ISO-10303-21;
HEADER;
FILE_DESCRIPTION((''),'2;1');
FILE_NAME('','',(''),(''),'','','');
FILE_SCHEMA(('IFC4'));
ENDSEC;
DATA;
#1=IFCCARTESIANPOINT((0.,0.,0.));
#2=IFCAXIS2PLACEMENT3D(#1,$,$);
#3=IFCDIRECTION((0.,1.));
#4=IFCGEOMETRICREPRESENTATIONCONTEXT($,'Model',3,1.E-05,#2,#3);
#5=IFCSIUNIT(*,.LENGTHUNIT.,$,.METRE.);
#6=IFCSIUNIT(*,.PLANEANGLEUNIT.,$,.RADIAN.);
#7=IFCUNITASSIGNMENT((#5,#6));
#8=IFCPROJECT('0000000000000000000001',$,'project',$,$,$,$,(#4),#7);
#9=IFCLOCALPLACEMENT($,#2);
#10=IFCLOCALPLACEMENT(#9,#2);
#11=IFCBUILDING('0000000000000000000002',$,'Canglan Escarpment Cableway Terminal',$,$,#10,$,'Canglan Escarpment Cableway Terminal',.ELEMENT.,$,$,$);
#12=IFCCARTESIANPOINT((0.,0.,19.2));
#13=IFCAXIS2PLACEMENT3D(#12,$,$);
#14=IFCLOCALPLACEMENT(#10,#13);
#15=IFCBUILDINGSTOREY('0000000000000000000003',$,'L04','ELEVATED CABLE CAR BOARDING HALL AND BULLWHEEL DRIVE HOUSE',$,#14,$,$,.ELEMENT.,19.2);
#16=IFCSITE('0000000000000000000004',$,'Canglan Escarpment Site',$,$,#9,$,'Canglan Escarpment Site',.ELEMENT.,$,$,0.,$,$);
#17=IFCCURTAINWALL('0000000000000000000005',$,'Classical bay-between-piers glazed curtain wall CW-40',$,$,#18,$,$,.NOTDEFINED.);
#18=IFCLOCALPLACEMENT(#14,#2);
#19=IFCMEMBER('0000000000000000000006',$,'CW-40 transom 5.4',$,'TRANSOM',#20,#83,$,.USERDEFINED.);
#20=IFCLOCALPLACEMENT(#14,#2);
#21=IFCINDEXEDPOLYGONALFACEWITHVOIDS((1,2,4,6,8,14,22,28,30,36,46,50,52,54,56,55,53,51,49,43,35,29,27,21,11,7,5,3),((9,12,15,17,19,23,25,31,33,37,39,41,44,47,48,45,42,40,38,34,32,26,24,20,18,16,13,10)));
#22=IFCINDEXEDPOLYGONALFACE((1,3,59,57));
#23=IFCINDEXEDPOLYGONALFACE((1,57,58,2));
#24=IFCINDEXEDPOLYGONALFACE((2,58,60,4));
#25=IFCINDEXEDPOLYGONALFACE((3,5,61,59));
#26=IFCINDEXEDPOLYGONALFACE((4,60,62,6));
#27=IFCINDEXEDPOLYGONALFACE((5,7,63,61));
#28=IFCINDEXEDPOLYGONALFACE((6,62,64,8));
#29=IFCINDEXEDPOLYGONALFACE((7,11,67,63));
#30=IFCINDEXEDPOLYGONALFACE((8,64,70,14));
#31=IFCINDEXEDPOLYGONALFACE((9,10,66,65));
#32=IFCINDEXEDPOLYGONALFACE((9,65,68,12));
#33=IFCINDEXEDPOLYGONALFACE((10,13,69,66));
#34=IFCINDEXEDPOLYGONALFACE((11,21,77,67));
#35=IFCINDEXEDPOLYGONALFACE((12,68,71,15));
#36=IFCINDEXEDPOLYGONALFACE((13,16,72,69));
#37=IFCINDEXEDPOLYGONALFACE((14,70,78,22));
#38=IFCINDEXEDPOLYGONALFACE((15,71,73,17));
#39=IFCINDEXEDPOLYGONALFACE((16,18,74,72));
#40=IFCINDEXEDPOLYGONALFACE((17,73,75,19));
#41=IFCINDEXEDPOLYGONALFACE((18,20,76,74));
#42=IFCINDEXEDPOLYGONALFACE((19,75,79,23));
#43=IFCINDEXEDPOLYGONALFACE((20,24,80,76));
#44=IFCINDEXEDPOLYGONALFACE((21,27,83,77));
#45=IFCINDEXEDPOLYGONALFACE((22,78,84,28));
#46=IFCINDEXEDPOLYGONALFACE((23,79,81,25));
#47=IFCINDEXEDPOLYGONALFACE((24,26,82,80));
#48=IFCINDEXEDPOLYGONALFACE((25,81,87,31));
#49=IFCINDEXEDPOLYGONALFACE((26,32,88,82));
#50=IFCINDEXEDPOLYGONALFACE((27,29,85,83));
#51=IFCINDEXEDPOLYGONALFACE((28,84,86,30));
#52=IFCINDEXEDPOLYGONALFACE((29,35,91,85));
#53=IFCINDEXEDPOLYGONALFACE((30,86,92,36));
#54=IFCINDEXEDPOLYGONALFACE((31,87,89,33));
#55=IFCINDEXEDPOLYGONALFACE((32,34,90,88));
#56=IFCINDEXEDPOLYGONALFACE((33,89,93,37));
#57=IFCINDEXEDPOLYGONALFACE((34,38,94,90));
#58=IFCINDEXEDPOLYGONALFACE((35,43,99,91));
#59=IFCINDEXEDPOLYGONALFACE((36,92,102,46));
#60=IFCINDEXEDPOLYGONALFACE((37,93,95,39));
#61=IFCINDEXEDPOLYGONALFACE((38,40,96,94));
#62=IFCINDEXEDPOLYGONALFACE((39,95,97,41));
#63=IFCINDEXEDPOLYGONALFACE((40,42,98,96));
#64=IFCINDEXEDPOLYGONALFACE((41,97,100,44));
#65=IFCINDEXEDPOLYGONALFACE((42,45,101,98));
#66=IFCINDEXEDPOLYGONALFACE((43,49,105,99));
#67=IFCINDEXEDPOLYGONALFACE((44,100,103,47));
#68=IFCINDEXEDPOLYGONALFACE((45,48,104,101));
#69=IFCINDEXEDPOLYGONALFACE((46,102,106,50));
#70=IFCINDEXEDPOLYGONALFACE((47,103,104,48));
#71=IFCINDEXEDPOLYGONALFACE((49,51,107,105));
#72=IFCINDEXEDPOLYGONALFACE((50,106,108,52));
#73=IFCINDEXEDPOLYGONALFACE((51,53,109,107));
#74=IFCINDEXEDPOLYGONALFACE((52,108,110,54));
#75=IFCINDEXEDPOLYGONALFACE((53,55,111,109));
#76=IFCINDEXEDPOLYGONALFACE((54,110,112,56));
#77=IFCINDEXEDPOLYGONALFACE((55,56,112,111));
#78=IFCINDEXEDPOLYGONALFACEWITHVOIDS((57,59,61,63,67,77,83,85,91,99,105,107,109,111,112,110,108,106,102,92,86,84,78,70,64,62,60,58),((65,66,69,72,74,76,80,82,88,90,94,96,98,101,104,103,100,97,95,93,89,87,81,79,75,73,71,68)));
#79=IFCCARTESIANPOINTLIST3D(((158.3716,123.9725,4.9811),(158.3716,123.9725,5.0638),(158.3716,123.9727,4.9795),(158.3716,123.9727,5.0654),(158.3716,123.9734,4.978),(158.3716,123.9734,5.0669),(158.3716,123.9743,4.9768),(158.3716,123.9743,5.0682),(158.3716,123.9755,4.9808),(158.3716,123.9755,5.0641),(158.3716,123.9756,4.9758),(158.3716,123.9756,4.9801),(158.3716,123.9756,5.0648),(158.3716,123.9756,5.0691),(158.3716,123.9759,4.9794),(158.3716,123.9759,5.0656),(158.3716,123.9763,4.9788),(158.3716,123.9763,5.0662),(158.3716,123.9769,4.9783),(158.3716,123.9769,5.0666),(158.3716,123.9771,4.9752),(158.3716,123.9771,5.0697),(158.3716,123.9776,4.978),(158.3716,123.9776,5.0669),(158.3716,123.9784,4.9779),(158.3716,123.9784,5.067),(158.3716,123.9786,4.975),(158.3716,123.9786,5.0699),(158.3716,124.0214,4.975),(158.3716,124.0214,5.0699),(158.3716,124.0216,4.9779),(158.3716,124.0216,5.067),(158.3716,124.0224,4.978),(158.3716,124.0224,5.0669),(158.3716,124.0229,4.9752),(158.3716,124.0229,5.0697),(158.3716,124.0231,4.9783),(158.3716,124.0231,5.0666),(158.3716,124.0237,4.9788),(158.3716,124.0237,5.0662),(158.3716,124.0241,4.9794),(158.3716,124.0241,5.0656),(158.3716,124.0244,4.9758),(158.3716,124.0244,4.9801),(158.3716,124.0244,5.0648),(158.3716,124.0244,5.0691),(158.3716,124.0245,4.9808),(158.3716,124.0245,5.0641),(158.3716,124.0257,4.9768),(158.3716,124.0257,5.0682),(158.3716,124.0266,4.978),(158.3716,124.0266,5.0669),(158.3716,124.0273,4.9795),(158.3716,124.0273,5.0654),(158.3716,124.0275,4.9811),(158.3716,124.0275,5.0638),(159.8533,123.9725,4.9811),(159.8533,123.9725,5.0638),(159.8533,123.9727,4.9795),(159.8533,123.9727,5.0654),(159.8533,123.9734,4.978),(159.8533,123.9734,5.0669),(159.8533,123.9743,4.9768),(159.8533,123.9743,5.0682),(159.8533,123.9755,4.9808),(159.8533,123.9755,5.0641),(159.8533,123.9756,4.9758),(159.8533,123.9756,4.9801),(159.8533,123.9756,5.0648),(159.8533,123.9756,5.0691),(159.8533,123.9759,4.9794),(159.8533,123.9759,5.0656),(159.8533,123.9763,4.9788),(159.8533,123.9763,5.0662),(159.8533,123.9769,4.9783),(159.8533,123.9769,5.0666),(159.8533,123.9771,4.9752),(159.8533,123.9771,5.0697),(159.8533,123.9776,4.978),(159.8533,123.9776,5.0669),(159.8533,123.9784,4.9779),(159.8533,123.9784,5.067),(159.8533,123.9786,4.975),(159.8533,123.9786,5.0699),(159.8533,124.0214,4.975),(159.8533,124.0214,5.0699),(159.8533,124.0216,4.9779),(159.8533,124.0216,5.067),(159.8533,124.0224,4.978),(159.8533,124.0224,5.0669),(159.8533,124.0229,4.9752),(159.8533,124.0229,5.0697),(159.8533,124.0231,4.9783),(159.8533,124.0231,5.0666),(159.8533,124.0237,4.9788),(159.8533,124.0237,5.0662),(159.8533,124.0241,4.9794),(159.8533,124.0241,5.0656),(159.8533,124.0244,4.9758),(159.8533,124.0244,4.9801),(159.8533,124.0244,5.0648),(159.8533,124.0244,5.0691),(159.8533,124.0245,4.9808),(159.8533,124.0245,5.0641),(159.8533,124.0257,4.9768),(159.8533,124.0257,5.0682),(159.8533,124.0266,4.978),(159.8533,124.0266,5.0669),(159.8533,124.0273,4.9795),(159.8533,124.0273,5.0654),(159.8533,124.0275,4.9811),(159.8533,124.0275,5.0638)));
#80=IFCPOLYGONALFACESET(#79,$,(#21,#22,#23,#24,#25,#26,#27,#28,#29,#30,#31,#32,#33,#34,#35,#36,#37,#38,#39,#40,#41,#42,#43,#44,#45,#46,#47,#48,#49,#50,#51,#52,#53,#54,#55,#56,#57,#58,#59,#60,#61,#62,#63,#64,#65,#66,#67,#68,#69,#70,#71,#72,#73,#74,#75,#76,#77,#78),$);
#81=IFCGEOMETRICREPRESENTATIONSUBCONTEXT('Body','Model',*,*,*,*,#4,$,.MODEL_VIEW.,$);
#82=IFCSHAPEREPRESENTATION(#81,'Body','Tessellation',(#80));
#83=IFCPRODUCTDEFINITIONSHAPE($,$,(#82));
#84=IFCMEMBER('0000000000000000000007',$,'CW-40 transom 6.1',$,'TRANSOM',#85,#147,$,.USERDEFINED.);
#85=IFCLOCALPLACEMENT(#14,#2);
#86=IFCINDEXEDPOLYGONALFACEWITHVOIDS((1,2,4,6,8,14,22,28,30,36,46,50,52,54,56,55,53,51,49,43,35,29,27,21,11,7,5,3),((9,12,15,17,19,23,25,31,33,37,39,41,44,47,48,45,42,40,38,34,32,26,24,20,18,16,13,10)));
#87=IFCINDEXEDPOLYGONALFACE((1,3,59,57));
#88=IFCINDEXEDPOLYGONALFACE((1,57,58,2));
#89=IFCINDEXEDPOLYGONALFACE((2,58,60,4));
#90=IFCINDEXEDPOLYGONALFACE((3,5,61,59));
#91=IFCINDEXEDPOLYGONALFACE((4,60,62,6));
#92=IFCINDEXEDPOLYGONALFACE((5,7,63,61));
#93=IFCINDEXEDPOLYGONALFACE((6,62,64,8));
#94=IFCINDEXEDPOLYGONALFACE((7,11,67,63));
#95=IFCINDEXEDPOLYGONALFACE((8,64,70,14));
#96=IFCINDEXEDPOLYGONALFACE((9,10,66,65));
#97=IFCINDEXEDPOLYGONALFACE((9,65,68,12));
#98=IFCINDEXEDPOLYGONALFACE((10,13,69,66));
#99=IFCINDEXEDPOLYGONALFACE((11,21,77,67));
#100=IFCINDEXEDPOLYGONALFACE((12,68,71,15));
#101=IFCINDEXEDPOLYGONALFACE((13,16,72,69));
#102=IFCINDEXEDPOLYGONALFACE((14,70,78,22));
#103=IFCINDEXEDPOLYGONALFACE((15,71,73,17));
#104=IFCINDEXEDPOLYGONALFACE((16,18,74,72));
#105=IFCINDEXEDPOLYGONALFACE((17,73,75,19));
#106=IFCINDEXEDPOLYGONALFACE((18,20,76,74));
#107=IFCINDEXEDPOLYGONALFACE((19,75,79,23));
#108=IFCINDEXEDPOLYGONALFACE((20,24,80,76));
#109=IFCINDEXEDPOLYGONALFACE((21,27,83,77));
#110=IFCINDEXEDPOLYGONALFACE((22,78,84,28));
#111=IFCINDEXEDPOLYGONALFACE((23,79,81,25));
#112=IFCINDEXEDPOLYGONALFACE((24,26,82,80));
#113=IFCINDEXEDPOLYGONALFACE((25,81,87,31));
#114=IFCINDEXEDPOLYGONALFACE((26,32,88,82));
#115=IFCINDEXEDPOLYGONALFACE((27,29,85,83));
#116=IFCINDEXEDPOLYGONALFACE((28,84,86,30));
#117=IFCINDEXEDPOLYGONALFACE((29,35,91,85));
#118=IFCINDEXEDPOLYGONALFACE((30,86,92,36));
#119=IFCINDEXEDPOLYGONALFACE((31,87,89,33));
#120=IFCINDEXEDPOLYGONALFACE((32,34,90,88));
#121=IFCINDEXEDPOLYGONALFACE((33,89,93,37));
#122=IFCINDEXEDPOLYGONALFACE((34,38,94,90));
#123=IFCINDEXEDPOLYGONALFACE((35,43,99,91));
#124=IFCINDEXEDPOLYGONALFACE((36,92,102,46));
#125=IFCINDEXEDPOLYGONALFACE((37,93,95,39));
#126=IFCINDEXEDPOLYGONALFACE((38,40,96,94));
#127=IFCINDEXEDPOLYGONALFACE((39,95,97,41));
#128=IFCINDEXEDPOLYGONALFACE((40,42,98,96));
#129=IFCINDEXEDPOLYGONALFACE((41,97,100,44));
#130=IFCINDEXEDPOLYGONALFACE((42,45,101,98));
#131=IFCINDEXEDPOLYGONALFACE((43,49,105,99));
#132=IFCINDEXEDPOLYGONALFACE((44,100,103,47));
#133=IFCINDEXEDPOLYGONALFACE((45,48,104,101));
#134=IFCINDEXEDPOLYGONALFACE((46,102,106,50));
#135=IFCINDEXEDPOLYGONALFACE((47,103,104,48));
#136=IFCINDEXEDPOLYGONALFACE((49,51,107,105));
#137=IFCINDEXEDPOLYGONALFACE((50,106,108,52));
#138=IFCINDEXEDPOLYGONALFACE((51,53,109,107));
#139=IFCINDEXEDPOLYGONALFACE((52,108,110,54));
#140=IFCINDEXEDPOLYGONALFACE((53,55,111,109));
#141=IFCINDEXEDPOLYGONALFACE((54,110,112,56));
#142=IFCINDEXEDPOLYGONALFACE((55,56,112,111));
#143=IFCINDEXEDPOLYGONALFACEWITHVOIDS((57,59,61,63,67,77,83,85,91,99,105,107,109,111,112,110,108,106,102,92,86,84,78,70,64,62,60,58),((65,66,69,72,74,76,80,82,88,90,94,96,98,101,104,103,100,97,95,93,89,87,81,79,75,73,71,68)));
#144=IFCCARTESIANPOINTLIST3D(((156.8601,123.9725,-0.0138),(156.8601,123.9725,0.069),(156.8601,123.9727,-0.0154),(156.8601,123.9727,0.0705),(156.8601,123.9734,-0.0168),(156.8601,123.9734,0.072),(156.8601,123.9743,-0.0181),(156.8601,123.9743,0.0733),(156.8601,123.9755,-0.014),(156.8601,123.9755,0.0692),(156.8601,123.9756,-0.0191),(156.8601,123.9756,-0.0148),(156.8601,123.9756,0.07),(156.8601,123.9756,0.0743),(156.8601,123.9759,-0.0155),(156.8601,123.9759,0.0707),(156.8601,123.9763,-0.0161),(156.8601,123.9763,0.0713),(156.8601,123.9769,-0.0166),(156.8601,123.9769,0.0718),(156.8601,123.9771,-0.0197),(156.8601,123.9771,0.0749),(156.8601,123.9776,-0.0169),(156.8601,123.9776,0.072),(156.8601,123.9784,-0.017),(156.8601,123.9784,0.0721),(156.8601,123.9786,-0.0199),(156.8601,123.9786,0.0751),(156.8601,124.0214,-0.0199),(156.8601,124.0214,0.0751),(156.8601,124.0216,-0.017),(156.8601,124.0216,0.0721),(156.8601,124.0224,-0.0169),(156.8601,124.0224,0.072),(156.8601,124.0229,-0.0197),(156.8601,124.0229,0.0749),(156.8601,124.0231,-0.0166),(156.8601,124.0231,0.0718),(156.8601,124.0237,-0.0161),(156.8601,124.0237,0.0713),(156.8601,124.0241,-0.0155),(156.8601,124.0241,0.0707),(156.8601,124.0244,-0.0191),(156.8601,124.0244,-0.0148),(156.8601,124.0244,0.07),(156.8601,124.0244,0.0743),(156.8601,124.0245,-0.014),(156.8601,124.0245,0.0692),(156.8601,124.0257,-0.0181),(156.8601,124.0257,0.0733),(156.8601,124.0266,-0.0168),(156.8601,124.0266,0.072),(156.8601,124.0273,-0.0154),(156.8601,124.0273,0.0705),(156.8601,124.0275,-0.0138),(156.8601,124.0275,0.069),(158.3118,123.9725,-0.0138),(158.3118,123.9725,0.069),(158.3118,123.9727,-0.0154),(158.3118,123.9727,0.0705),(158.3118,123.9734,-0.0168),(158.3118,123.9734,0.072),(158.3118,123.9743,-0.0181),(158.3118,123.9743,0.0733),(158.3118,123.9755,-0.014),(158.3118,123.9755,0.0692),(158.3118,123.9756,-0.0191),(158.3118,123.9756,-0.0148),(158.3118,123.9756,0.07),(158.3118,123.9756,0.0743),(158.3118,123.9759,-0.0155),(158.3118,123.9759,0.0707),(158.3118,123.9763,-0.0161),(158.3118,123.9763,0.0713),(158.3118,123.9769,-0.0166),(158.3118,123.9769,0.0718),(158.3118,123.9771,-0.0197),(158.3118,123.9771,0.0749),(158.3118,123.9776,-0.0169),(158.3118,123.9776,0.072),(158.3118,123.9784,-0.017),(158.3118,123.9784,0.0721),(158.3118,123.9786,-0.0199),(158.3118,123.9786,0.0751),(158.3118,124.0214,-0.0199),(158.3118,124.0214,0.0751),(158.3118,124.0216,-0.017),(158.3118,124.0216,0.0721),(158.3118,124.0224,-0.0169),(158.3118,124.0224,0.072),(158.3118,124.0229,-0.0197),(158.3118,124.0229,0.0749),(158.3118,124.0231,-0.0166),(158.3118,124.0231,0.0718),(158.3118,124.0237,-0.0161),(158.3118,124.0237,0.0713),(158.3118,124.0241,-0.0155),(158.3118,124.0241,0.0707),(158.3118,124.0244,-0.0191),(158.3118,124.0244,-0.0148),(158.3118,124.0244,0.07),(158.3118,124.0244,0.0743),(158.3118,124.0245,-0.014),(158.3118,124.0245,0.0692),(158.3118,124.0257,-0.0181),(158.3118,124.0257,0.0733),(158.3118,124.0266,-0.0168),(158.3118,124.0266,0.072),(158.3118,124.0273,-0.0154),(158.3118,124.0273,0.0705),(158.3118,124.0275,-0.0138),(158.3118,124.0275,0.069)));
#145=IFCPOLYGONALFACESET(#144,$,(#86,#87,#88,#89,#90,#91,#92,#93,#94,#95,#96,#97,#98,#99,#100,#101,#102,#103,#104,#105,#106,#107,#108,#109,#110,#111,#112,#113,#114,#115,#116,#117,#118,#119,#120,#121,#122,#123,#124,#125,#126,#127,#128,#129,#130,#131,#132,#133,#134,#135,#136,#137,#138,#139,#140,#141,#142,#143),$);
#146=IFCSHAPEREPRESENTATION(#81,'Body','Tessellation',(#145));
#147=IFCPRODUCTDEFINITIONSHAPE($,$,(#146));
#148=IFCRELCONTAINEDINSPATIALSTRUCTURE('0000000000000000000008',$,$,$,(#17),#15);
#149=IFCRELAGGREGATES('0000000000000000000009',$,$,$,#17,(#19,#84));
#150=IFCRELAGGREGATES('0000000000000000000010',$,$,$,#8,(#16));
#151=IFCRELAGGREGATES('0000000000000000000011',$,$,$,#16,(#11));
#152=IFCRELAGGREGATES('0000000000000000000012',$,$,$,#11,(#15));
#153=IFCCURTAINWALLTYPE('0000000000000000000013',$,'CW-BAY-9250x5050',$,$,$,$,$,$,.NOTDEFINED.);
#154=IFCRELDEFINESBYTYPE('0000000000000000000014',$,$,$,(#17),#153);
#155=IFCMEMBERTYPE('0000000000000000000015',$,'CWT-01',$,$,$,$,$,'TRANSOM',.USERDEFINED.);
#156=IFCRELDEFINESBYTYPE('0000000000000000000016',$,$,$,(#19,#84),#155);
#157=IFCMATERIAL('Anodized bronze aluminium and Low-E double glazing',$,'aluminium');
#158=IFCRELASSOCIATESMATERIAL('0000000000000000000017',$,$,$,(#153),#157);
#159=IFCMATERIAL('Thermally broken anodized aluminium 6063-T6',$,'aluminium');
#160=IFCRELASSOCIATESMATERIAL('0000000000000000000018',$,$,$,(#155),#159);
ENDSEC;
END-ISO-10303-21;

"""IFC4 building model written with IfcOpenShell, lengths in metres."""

from ifc_helpers import new_model, si_unit, direction, frame, origin, origin_2d, place, context, subcontext, project, spatial, hollow_rectangle, extrude, material, material_profile, profile_set, type_object, element, aggregate, save


model = new_model("IFC4")

# Units and contexts
model_context = context("Model", 3, precision=1e-05, world=origin(), true_north=direction((0.0, 1.0)))
body_context = subcontext(model_context, "Body", "Model", "MODEL_VIEW")
ifc_project = project(units=[si_unit("LENGTHUNIT", "METRE"), si_unit("PLANEANGLEUNIT", "RADIAN")], contexts=[model_context])

# Site, building, storey
site_placement = place(None, origin())
site = spatial("IfcSite", under=ifc_project, at=site_placement, Name="Canglan Escarpment Site", LongName="Canglan Escarpment Site", CompositionType="ELEMENT", RefElevation=0.0)
building_placement = place(site_placement, origin())
building = spatial("IfcBuilding", under=site, at=building_placement, Name="Canglan Escarpment Cableway Terminal", LongName="Canglan Escarpment Cableway Terminal", CompositionType="ELEMENT")
storey_placement = place(building_placement, frame((0.0, 0.0, 19.2)))
storey = spatial("IfcBuildingStorey", under=building, at=storey_placement, Name="L04", Description="ELEVATED CABLE CAR BOARDING HALL AND BULLWHEEL DRIVE HOUSE", CompositionType="ELEMENT", Elevation=19.2)

# Curtain wall
ifc_material_1 = material(Name="Anodized bronze aluminium and Low-E double glazing", Category="aluminium")
curtain_wall_type = type_object("IfcCurtainWallType", Name="CW-BAY-9250x5050", PredefinedType="NOTDEFINED", material=ifc_material_1)
curtain_wall_1_placement = place(storey_placement, origin())
curtain_wall_1 = element("IfcCurtainWall", 1, at=curtain_wall_1_placement, inside=storey, type_object=curtain_wall_type, Name="Classical bay-between-piers glazed curtain wall CW-40", PredefinedType="NOTDEFINED")
ifc_material_2 = material(Name="Thermally broken anodized aluminium 6063-T6", Category="aluminium")

# Members
ifc_material_profile_1 = material_profile(ifc_material_2, hollow_rectangle(XDim=0.0549, YDim=0.095, WallThickness=0.0029, InnerFilletRadius=0.0029, OuterFilletRadius=0.0061, at=origin_2d()), Name="ALU-TRAN 55x95x3")
ifc_profile_set_1 = profile_set([ifc_material_profile_1], Name="Thermally broken anodized aluminium 6063-T6")
member_type_1 = type_object("IfcMemberType", Name="CWT-01", ElementType="TRANSOM", PredefinedType="USERDEFINED", material=ifc_profile_set_1)
member_1_placement = place(storey_placement, frame((159.8533, 124.0, 5.0225), z_axis=(-1.0, 0.0, 0.0), x_axis=(0.0, -1.0, 0.0)))
member_1 = element("IfcMember", 2, at=member_1_placement, type_object=member_type_1, Name="CW-40 transom 5.4", ObjectType="TRANSOM", PredefinedType="USERDEFINED", context=body_context, shape_type="SweptSolid", body=[
    extrude(hollow_rectangle(XDim=0.0549, YDim=0.095, WallThickness=0.0029, InnerFilletRadius=0.0029, OuterFilletRadius=0.0061, at=origin_2d()), origin(), (0.0, 0.0, 1.0), 1.4817),
])
member_2_placement = place(storey_placement, frame((158.3118, 124.0, 0.0276), z_axis=(-1.0, 0.0, 0.0), x_axis=(0.0, -1.0, 0.0)))
member_2 = element("IfcMember", 3, at=member_2_placement, type_object=member_type_1, Name="CW-40 transom 6.1", ObjectType="TRANSOM", PredefinedType="USERDEFINED", context=body_context, shape_type="SweptSolid", body=[
    extrude(hollow_rectangle(XDim=0.0549, YDim=0.095, WallThickness=0.0029, InnerFilletRadius=0.0029, OuterFilletRadius=0.0061, at=origin_2d()), origin(), (0.0, 0.0, 1.0), 1.4517),
])

aggregate(curtain_wall_1, [member_1, member_2])

save(model, "model.ifc")
